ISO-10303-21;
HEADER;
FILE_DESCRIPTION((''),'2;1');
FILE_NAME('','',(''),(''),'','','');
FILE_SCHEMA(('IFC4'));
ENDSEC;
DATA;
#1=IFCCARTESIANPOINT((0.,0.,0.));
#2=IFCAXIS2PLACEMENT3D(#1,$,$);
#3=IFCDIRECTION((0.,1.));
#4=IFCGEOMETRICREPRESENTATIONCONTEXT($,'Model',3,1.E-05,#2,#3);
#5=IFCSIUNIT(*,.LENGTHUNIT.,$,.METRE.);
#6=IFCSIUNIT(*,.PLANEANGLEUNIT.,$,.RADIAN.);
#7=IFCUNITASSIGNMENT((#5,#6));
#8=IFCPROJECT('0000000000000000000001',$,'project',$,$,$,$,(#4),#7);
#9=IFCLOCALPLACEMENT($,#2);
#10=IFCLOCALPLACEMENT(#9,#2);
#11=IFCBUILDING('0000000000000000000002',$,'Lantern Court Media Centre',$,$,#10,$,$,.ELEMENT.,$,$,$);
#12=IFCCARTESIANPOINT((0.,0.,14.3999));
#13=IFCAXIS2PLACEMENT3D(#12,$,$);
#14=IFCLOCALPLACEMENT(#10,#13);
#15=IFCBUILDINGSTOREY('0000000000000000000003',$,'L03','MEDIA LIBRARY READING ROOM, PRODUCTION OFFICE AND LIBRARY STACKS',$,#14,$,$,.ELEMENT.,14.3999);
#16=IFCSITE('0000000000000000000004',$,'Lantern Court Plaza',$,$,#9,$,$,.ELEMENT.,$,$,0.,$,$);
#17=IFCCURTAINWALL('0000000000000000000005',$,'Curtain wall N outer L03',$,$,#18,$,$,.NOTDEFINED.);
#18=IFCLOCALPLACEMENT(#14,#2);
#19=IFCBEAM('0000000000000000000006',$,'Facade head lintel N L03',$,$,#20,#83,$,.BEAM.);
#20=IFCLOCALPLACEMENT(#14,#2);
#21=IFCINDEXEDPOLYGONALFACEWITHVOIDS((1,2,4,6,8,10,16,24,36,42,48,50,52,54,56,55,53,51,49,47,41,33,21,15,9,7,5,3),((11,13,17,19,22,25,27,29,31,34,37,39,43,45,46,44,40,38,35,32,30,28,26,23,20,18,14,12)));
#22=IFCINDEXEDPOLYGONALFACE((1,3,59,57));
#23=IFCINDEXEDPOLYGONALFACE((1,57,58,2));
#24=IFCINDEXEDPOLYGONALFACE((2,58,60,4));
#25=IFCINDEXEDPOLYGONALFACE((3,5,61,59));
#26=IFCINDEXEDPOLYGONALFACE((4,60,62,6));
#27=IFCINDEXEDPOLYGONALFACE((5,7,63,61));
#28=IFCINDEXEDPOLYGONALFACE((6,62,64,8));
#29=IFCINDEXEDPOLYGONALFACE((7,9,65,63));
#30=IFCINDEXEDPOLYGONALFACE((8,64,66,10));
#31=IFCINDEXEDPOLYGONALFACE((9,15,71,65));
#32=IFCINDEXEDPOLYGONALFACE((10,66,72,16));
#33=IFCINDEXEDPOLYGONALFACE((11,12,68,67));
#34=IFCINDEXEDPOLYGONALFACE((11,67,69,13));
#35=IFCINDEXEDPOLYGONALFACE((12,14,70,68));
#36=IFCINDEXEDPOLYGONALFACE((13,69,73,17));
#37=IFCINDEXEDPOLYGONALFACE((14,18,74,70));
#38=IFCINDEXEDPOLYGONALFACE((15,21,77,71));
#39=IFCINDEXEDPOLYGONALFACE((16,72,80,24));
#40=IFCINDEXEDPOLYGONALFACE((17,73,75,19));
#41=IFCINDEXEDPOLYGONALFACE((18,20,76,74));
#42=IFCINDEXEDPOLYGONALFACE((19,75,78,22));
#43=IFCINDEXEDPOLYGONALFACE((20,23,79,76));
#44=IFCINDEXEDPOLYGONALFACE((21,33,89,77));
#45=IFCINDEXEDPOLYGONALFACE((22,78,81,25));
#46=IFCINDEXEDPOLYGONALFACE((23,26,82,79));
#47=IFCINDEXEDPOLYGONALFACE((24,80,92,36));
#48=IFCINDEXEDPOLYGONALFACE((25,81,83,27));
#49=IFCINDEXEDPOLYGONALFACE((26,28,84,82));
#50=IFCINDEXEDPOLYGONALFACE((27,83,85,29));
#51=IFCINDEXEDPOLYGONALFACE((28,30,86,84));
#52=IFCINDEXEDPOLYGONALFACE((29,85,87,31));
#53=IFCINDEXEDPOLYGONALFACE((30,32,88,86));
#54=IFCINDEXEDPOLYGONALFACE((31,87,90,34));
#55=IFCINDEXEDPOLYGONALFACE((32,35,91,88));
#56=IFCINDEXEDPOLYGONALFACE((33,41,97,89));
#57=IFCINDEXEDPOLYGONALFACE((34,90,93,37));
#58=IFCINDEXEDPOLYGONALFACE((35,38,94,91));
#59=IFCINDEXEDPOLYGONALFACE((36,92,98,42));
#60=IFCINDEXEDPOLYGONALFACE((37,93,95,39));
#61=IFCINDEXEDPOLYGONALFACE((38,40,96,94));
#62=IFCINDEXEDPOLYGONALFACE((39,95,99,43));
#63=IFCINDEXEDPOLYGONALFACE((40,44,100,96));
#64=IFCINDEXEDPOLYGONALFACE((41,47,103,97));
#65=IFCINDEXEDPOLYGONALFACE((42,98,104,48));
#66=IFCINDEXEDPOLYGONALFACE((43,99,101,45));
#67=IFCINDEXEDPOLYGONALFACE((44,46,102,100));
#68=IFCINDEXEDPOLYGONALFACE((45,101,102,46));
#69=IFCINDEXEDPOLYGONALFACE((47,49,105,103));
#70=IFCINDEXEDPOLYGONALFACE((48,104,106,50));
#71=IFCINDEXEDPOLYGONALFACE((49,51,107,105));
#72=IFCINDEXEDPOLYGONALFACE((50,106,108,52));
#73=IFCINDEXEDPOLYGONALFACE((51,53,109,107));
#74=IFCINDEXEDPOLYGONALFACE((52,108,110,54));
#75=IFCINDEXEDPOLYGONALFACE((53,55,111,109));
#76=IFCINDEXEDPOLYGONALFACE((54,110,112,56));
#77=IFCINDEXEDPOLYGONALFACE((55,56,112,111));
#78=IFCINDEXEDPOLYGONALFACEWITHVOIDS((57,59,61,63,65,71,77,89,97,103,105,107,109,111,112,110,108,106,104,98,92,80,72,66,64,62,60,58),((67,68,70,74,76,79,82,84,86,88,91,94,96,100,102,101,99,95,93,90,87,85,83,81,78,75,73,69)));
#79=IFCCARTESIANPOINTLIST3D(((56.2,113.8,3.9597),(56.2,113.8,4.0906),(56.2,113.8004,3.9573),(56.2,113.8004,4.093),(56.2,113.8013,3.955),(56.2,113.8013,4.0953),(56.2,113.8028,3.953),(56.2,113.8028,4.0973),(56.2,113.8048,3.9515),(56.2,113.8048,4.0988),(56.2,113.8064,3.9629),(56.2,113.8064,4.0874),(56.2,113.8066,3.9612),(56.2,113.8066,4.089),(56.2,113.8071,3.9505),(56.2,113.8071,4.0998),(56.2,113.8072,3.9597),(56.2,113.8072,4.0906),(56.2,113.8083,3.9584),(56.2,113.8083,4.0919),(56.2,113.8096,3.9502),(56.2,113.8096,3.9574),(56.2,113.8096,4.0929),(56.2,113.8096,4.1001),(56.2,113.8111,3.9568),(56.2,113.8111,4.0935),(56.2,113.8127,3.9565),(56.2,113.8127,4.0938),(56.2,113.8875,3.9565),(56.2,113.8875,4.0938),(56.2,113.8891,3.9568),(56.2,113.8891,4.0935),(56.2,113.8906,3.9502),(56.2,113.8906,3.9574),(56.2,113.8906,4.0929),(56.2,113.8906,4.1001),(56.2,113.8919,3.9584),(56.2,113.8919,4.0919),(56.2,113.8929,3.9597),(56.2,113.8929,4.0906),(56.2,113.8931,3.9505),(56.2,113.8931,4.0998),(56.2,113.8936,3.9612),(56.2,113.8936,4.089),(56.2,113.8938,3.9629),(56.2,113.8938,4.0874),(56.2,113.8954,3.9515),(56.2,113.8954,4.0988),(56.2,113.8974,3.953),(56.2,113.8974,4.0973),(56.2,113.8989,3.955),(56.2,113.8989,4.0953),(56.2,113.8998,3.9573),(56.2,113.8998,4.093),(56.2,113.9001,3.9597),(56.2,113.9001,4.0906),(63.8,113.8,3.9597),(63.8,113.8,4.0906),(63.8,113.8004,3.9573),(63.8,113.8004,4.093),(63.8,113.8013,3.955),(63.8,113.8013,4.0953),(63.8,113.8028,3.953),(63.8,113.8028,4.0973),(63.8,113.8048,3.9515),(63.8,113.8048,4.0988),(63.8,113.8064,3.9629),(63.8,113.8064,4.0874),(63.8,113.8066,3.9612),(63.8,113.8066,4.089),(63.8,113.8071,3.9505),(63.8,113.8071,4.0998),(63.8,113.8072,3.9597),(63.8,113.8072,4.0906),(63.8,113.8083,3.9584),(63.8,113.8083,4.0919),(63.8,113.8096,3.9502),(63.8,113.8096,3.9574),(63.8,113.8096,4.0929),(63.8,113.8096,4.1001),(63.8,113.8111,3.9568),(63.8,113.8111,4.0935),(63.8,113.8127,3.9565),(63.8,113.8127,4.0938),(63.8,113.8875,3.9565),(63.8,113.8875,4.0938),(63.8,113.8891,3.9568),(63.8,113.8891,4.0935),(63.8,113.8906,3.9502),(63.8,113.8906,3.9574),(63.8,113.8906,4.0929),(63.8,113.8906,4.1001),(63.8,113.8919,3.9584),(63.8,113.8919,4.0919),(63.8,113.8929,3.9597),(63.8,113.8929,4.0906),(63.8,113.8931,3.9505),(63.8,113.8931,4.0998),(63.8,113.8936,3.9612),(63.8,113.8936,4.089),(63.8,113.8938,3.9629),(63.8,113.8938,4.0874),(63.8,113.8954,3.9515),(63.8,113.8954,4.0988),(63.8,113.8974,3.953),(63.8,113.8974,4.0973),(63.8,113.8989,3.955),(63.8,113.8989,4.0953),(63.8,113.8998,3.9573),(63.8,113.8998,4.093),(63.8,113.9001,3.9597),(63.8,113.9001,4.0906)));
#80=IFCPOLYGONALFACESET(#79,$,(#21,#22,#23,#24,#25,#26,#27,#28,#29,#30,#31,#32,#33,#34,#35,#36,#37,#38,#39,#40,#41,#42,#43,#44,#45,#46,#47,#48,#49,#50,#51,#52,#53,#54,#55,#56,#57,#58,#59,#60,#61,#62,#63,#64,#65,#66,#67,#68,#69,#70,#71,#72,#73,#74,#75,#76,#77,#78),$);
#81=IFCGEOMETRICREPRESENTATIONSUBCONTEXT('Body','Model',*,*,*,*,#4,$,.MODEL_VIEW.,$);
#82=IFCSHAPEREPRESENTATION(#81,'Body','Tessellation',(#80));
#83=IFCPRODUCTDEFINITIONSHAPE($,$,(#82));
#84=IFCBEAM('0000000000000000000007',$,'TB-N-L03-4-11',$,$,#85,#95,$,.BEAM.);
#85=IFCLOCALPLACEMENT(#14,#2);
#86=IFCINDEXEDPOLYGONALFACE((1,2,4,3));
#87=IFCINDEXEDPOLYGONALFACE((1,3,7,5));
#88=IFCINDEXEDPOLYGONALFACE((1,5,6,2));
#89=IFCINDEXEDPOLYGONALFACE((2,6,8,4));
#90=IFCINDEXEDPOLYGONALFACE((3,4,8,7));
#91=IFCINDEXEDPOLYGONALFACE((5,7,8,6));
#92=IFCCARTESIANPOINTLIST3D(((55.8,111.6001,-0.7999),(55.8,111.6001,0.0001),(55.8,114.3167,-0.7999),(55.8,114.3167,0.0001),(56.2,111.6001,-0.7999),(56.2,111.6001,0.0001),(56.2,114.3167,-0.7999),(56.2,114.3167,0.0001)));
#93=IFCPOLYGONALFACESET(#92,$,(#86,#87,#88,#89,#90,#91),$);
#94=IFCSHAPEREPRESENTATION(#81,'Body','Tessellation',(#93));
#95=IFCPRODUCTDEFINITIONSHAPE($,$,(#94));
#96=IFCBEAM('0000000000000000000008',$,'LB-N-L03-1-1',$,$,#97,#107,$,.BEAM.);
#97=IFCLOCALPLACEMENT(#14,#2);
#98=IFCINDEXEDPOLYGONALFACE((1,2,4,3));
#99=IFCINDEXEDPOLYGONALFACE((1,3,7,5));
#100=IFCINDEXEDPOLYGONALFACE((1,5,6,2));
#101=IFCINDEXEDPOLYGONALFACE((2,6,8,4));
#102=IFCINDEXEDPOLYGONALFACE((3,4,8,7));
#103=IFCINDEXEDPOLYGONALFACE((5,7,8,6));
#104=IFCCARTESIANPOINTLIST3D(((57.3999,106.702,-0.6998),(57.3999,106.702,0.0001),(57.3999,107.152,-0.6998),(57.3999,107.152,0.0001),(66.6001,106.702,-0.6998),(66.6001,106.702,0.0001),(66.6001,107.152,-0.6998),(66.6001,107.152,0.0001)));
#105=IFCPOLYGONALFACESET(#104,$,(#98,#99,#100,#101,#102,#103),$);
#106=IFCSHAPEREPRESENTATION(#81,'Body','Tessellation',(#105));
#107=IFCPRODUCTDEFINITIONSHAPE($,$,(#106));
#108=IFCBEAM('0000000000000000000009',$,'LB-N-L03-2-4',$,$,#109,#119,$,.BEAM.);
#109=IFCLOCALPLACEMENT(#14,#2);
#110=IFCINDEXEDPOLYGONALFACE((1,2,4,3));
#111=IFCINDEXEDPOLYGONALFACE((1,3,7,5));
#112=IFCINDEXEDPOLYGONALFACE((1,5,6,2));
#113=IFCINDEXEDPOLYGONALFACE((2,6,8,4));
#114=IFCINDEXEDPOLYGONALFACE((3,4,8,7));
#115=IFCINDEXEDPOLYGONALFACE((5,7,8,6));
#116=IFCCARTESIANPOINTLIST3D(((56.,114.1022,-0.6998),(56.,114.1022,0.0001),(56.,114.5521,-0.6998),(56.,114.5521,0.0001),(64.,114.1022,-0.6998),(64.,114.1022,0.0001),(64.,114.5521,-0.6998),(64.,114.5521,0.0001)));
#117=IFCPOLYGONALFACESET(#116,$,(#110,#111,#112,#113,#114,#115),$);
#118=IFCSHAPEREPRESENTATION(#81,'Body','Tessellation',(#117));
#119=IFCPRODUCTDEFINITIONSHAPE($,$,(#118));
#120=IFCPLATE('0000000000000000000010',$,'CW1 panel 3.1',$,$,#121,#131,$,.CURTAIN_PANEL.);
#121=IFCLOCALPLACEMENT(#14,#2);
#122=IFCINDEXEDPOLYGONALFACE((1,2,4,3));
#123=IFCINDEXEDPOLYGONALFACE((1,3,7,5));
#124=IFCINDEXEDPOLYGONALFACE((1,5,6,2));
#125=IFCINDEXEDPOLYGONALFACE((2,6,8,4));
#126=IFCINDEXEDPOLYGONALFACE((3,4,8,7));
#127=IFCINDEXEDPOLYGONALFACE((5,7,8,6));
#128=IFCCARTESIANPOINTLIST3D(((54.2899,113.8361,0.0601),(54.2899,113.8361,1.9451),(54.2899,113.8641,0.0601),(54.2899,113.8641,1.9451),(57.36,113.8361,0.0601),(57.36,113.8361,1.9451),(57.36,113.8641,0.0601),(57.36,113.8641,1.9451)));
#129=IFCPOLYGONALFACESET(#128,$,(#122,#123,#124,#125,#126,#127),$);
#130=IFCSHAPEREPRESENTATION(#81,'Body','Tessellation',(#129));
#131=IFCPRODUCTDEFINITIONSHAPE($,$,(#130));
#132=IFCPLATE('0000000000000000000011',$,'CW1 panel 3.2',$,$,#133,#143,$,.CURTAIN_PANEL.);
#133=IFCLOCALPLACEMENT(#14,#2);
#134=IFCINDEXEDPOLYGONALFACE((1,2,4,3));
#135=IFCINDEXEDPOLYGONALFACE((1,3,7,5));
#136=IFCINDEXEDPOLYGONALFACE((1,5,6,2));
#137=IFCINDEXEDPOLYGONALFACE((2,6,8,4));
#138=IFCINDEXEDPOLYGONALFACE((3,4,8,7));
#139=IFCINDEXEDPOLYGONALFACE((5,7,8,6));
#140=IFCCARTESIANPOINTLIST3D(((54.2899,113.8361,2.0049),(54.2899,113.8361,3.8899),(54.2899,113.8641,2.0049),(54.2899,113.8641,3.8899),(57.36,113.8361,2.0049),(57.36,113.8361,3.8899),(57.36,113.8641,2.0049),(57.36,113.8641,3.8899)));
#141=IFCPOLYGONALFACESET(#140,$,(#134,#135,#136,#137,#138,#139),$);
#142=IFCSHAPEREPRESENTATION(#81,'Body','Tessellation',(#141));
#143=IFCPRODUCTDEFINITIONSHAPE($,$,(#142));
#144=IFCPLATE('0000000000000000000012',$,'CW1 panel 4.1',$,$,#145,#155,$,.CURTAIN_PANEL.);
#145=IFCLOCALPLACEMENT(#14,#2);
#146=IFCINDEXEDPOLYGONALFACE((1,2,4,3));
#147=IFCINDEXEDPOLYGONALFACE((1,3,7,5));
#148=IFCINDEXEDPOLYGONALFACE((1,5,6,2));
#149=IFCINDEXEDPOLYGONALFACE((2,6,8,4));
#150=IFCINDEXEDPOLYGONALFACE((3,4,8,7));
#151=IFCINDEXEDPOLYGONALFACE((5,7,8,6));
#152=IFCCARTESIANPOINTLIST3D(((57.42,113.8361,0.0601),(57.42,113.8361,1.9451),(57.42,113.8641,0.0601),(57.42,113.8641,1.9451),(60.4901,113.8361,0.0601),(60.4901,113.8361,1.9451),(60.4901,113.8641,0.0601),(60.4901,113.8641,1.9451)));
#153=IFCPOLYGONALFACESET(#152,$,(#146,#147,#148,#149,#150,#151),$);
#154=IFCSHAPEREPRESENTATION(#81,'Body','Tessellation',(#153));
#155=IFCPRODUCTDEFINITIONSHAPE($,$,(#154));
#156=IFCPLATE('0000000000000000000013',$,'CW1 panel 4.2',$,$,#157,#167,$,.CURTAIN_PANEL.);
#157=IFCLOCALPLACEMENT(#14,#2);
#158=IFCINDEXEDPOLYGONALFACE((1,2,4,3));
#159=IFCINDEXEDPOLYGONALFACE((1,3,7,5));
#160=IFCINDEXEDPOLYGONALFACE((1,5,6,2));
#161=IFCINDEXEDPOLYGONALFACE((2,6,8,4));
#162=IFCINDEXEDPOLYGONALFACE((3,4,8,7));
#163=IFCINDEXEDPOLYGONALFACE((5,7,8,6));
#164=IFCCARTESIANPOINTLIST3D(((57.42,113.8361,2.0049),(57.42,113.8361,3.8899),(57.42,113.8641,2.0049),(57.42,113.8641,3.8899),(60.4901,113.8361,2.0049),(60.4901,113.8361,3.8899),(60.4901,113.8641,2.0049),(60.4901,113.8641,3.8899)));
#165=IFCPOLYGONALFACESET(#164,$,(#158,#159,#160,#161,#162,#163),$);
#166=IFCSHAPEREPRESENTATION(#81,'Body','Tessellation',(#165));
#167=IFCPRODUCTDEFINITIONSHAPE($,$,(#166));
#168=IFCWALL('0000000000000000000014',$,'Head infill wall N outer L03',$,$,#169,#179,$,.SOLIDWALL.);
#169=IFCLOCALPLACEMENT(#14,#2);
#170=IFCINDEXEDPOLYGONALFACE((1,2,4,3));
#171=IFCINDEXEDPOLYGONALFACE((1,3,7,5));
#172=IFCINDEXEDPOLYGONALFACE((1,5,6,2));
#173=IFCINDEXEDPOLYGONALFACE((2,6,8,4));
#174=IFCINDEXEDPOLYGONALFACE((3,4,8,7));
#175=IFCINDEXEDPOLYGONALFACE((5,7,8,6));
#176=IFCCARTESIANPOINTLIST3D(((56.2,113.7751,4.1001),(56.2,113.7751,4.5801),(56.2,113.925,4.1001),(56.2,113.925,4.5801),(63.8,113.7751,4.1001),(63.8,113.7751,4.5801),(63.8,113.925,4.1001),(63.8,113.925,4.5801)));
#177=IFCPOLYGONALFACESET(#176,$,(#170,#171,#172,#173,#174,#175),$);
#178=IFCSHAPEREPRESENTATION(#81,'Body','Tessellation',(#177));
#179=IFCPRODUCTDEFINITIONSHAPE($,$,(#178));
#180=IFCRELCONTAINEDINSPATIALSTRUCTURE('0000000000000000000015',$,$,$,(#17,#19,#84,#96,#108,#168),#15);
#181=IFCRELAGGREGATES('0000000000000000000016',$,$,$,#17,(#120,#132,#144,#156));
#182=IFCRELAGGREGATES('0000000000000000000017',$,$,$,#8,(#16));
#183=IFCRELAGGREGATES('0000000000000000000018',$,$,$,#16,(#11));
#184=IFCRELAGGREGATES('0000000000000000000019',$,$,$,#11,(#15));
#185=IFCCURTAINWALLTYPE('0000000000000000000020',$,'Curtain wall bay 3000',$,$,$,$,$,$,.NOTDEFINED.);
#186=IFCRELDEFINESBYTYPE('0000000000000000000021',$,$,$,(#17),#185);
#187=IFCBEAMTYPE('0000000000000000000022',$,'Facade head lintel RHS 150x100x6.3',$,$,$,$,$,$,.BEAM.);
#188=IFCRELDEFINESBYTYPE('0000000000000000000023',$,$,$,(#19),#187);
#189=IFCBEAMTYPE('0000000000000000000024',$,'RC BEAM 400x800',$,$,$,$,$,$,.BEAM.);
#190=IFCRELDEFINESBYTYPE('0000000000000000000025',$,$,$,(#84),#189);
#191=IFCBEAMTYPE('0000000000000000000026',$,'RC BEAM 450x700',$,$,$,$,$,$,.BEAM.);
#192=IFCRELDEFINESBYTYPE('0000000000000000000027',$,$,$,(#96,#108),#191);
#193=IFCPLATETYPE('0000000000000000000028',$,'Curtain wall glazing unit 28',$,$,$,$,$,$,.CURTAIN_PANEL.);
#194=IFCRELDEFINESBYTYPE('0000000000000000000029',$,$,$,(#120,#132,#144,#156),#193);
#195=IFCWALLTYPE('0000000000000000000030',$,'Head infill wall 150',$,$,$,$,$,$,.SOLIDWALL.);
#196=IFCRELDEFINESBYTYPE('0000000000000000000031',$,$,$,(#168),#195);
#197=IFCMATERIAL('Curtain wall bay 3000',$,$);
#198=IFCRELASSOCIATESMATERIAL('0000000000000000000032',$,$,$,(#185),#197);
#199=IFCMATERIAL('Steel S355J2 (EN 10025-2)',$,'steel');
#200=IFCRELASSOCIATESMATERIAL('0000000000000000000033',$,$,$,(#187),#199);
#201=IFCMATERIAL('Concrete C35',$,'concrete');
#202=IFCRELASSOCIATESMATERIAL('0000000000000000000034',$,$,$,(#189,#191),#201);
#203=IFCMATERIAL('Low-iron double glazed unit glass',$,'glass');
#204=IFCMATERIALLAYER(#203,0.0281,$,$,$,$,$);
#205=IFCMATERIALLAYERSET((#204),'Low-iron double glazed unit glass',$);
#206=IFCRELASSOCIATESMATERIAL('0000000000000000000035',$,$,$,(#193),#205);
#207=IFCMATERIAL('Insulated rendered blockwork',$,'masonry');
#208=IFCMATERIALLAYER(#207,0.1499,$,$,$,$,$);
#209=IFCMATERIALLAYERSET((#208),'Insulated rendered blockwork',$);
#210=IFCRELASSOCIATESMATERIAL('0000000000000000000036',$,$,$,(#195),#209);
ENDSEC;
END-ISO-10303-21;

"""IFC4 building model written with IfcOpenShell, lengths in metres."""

from ifc_helpers import new_model, si_unit, direction, frame, frame_2d, origin, origin_2d, place, context, subcontext, project, spatial, rectangle, hollow_rectangle, extrude, material, layer, layer_set, material_profile, profile_set, type_object, element, aggregate, save


model = new_model("IFC4")

# Units and contexts
model_context = context("Model", 3, precision=1e-05, world=origin(), true_north=direction((0.0, 1.0)))
body_context = subcontext(model_context, "Body", "Model", "MODEL_VIEW")
ifc_project = project(units=[si_unit("LENGTHUNIT", "METRE"), si_unit("PLANEANGLEUNIT", "RADIAN")], contexts=[model_context])

# Site, building, storey
site_placement = place(None, origin())
site = spatial("IfcSite", under=ifc_project, at=site_placement, Name="Lantern Court Plaza", CompositionType="ELEMENT", RefElevation=0.0)
building_placement = place(site_placement, origin())
building = spatial("IfcBuilding", under=site, at=building_placement, Name="Lantern Court Media Centre", CompositionType="ELEMENT")
storey_placement = place(building_placement, frame((0.0, 0.0, 14.3999)))
storey = spatial("IfcBuildingStorey", under=building, at=storey_placement, Name="L03", Description="MEDIA LIBRARY READING ROOM, PRODUCTION OFFICE AND LIBRARY STACKS", CompositionType="ELEMENT", Elevation=14.3999)

# Shared definitions
ifc_material_1 = material(Name="Concrete C35", Category="concrete")

# Curtain wall
ifc_material_2 = material(Name="Curtain wall bay 3000")
curtain_wall_type = type_object("IfcCurtainWallType", Name="Curtain wall bay 3000", PredefinedType="NOTDEFINED", material=ifc_material_2)
curtain_wall_placement = place(storey_placement, origin())
curtain_wall = element("IfcCurtainWall", 1, at=curtain_wall_placement, inside=storey, type_object=curtain_wall_type, Name="Curtain wall N outer L03", PredefinedType="NOTDEFINED")

# Beams
ifc_material_3 = material(Name="Steel S355J2 (EN 10025-2)", Category="steel")
ifc_material_profile_1 = material_profile(ifc_material_3, hollow_rectangle(XDim=0.1001, YDim=0.1499, WallThickness=0.0063, InnerFilletRadius=0.0063, OuterFilletRadius=0.0095, at=origin_2d()), Name="Facade head lintel RHS 150x100x6.3")
ifc_profile_set_1 = profile_set([ifc_material_profile_1], Name="Steel S355J2 (EN 10025-2)")
beam_type_1 = type_object("IfcBeamType", Name="Facade head lintel RHS 150x100x6.3", PredefinedType="BEAM", material=ifc_profile_set_1)
beam_1_placement = place(storey_placement, frame((56.2, 113.8501, 4.0251), z_axis=(1.0, 0.0, 0.0), x_axis=(0.0, 1.0, 0.0)))
element("IfcBeam", 2, at=beam_1_placement, inside=storey, type_object=beam_type_1, Name="Facade head lintel N L03", PredefinedType="BEAM", context=body_context, shape_type="SweptSolid", body=[
    extrude(hollow_rectangle(XDim=0.1001, YDim=0.1499, WallThickness=0.0063, InnerFilletRadius=0.0063, OuterFilletRadius=0.0095, at=origin_2d()), origin(), (0.0, 0.0, 1.0), 7.6001),
])
ifc_material_profile_2 = material_profile(ifc_material_1, rectangle(XDim=0.3999, YDim=0.8, at=origin_2d()), Name="RC 400x800")
ifc_profile_set_2 = profile_set([ifc_material_profile_2], Name="Concrete C35")
beam_type_2 = type_object("IfcBeamType", Name="RC BEAM 400x800", PredefinedType="BEAM", material=ifc_profile_set_2)
beam_2_placement = place(storey_placement, frame((56.0, 111.6001, -0.3999), z_axis=(0.0, 1.0, 0.0), x_axis=(-1.0, 0.0, 0.0)))
element("IfcBeam", 3, at=beam_2_placement, inside=storey, type_object=beam_type_2, Name="TB-N-L03-4-11", PredefinedType="BEAM", context=body_context, shape_type="SweptSolid", body=[
    extrude(rectangle(XDim=0.3999, YDim=0.8, at=origin_2d()), origin(), (0.0, 0.0, 1.0), 2.7166),
])
ifc_material_profile_3 = material_profile(ifc_material_1, rectangle(XDim=0.45, YDim=0.7, at=origin_2d()), Name="RC 450x700")
ifc_profile_set_3 = profile_set([ifc_material_profile_3], Name="Concrete C35")
beam_type_3 = type_object("IfcBeamType", Name="RC BEAM 450x700", PredefinedType="BEAM", material=ifc_profile_set_3)
beam_3_placement = place(storey_placement, frame((57.3999, 106.927, -0.3499), z_axis=(1.0, 0.0, 0.0), x_axis=(0.0, 1.0, 0.0)))
element("IfcBeam", 4, at=beam_3_placement, inside=storey, type_object=beam_type_3, Name="LB-N-L03-1-1", PredefinedType="BEAM", context=body_context, shape_type="SweptSolid", body=[
    extrude(rectangle(XDim=0.45, YDim=0.7, at=origin_2d()), origin(), (0.0, 0.0, 1.0), 9.2002),
])
beam_4_placement = place(storey_placement, frame((56.0, 114.3271, -0.3499), z_axis=(1.0, 0.0, 0.0), x_axis=(0.0, 1.0, 0.0)))
element("IfcBeam", 5, at=beam_4_placement, inside=storey, type_object=beam_type_3, Name="LB-N-L03-2-4", PredefinedType="BEAM", context=body_context, shape_type="SweptSolid", body=[
    extrude(rectangle(XDim=0.45, YDim=0.7, at=origin_2d()), origin(), (0.0, 0.0, 1.0), 8.0),
])

# Plates
ifc_material_4 = material(Name="Low-iron double glazed unit glass", Category="glass")
ifc_layer_1 = layer(ifc_material_4, 0.0281)
ifc_layer_set_1 = layer_set([ifc_layer_1], Name="Low-iron double glazed unit glass")
plate_type = type_object("IfcPlateType", Name="Curtain wall glazing unit 28", PredefinedType="CURTAIN_PANEL", material=ifc_layer_set_1)
plate_1_placement = place(storey_placement, frame((55.825, 113.8501, 0.0601), z_axis=(0.0, 0.0, 1.0), x_axis=(1.0, 0.0, 0.0)))
plate_1 = element("IfcPlate", 6, at=plate_1_placement, type_object=plate_type, Name="CW1 panel 3.1", PredefinedType="CURTAIN_PANEL", context=body_context, shape_type="SweptSolid", body=[
    extrude(rectangle(XDim=3.0701, YDim=0.0281, at=origin_2d()), origin(), (0.0, 0.0, 1.0), 1.885),
])
plate_2_placement = place(storey_placement, frame((55.825, 113.8501, 2.0049), z_axis=(0.0, 0.0, 1.0), x_axis=(1.0, 0.0, 0.0)))
plate_2 = element("IfcPlate", 7, at=plate_2_placement, type_object=plate_type, Name="CW1 panel 3.2", PredefinedType="CURTAIN_PANEL", context=body_context, shape_type="SweptSolid", body=[
    extrude(rectangle(XDim=3.0701, YDim=0.0281, at=origin_2d()), origin(), (0.0, 0.0, 1.0), 1.885),
])
plate_3_placement = place(storey_placement, frame((58.9551, 113.8501, 0.0601), z_axis=(0.0, 0.0, 1.0), x_axis=(1.0, 0.0, 0.0)))
plate_3 = element("IfcPlate", 8, at=plate_3_placement, type_object=plate_type, Name="CW1 panel 4.1", PredefinedType="CURTAIN_PANEL", context=body_context, shape_type="SweptSolid", body=[
    extrude(rectangle(XDim=3.0701, YDim=0.0281, at=origin_2d()), origin(), (0.0, 0.0, 1.0), 1.885),
])
plate_4_placement = place(storey_placement, frame((58.9551, 113.8501, 2.0049), z_axis=(0.0, 0.0, 1.0), x_axis=(1.0, 0.0, 0.0)))
plate_4 = element("IfcPlate", 9, at=plate_4_placement, type_object=plate_type, Name="CW1 panel 4.2", PredefinedType="CURTAIN_PANEL", context=body_context, shape_type="SweptSolid", body=[
    extrude(rectangle(XDim=3.0701, YDim=0.0281, at=origin_2d()), origin(), (0.0, 0.0, 1.0), 1.885),
])
aggregate(curtain_wall, [plate_1, plate_2, plate_3, plate_4])

# Wall
ifc_material_5 = material(Name="Insulated rendered blockwork", Category="masonry")
ifc_layer_2 = layer(ifc_material_5, 0.1499)
ifc_layer_set_2 = layer_set([ifc_layer_2], Name="Insulated rendered blockwork")
wall_type_1 = type_object("IfcWallType", Name="Head infill wall 150", PredefinedType="SOLIDWALL", material=ifc_layer_set_2)
wall_1_placement = place(storey_placement, frame((56.2, 113.8501, 4.1001), z_axis=(0.0, 0.0, 1.0), x_axis=(1.0, 0.0, 0.0)))
element("IfcWall", 10, at=wall_1_placement, inside=storey, type_object=wall_type_1, Name="Head infill wall N outer L03", PredefinedType="SOLIDWALL", context=body_context, shape_type="SweptSolid", body=[
    extrude(rectangle(XDim=7.6001, YDim=0.1499, at=frame_2d((3.8, 0.0))), origin(), (0.0, 0.0, 1.0), 0.48),
])

save(model, "model.ifc")
